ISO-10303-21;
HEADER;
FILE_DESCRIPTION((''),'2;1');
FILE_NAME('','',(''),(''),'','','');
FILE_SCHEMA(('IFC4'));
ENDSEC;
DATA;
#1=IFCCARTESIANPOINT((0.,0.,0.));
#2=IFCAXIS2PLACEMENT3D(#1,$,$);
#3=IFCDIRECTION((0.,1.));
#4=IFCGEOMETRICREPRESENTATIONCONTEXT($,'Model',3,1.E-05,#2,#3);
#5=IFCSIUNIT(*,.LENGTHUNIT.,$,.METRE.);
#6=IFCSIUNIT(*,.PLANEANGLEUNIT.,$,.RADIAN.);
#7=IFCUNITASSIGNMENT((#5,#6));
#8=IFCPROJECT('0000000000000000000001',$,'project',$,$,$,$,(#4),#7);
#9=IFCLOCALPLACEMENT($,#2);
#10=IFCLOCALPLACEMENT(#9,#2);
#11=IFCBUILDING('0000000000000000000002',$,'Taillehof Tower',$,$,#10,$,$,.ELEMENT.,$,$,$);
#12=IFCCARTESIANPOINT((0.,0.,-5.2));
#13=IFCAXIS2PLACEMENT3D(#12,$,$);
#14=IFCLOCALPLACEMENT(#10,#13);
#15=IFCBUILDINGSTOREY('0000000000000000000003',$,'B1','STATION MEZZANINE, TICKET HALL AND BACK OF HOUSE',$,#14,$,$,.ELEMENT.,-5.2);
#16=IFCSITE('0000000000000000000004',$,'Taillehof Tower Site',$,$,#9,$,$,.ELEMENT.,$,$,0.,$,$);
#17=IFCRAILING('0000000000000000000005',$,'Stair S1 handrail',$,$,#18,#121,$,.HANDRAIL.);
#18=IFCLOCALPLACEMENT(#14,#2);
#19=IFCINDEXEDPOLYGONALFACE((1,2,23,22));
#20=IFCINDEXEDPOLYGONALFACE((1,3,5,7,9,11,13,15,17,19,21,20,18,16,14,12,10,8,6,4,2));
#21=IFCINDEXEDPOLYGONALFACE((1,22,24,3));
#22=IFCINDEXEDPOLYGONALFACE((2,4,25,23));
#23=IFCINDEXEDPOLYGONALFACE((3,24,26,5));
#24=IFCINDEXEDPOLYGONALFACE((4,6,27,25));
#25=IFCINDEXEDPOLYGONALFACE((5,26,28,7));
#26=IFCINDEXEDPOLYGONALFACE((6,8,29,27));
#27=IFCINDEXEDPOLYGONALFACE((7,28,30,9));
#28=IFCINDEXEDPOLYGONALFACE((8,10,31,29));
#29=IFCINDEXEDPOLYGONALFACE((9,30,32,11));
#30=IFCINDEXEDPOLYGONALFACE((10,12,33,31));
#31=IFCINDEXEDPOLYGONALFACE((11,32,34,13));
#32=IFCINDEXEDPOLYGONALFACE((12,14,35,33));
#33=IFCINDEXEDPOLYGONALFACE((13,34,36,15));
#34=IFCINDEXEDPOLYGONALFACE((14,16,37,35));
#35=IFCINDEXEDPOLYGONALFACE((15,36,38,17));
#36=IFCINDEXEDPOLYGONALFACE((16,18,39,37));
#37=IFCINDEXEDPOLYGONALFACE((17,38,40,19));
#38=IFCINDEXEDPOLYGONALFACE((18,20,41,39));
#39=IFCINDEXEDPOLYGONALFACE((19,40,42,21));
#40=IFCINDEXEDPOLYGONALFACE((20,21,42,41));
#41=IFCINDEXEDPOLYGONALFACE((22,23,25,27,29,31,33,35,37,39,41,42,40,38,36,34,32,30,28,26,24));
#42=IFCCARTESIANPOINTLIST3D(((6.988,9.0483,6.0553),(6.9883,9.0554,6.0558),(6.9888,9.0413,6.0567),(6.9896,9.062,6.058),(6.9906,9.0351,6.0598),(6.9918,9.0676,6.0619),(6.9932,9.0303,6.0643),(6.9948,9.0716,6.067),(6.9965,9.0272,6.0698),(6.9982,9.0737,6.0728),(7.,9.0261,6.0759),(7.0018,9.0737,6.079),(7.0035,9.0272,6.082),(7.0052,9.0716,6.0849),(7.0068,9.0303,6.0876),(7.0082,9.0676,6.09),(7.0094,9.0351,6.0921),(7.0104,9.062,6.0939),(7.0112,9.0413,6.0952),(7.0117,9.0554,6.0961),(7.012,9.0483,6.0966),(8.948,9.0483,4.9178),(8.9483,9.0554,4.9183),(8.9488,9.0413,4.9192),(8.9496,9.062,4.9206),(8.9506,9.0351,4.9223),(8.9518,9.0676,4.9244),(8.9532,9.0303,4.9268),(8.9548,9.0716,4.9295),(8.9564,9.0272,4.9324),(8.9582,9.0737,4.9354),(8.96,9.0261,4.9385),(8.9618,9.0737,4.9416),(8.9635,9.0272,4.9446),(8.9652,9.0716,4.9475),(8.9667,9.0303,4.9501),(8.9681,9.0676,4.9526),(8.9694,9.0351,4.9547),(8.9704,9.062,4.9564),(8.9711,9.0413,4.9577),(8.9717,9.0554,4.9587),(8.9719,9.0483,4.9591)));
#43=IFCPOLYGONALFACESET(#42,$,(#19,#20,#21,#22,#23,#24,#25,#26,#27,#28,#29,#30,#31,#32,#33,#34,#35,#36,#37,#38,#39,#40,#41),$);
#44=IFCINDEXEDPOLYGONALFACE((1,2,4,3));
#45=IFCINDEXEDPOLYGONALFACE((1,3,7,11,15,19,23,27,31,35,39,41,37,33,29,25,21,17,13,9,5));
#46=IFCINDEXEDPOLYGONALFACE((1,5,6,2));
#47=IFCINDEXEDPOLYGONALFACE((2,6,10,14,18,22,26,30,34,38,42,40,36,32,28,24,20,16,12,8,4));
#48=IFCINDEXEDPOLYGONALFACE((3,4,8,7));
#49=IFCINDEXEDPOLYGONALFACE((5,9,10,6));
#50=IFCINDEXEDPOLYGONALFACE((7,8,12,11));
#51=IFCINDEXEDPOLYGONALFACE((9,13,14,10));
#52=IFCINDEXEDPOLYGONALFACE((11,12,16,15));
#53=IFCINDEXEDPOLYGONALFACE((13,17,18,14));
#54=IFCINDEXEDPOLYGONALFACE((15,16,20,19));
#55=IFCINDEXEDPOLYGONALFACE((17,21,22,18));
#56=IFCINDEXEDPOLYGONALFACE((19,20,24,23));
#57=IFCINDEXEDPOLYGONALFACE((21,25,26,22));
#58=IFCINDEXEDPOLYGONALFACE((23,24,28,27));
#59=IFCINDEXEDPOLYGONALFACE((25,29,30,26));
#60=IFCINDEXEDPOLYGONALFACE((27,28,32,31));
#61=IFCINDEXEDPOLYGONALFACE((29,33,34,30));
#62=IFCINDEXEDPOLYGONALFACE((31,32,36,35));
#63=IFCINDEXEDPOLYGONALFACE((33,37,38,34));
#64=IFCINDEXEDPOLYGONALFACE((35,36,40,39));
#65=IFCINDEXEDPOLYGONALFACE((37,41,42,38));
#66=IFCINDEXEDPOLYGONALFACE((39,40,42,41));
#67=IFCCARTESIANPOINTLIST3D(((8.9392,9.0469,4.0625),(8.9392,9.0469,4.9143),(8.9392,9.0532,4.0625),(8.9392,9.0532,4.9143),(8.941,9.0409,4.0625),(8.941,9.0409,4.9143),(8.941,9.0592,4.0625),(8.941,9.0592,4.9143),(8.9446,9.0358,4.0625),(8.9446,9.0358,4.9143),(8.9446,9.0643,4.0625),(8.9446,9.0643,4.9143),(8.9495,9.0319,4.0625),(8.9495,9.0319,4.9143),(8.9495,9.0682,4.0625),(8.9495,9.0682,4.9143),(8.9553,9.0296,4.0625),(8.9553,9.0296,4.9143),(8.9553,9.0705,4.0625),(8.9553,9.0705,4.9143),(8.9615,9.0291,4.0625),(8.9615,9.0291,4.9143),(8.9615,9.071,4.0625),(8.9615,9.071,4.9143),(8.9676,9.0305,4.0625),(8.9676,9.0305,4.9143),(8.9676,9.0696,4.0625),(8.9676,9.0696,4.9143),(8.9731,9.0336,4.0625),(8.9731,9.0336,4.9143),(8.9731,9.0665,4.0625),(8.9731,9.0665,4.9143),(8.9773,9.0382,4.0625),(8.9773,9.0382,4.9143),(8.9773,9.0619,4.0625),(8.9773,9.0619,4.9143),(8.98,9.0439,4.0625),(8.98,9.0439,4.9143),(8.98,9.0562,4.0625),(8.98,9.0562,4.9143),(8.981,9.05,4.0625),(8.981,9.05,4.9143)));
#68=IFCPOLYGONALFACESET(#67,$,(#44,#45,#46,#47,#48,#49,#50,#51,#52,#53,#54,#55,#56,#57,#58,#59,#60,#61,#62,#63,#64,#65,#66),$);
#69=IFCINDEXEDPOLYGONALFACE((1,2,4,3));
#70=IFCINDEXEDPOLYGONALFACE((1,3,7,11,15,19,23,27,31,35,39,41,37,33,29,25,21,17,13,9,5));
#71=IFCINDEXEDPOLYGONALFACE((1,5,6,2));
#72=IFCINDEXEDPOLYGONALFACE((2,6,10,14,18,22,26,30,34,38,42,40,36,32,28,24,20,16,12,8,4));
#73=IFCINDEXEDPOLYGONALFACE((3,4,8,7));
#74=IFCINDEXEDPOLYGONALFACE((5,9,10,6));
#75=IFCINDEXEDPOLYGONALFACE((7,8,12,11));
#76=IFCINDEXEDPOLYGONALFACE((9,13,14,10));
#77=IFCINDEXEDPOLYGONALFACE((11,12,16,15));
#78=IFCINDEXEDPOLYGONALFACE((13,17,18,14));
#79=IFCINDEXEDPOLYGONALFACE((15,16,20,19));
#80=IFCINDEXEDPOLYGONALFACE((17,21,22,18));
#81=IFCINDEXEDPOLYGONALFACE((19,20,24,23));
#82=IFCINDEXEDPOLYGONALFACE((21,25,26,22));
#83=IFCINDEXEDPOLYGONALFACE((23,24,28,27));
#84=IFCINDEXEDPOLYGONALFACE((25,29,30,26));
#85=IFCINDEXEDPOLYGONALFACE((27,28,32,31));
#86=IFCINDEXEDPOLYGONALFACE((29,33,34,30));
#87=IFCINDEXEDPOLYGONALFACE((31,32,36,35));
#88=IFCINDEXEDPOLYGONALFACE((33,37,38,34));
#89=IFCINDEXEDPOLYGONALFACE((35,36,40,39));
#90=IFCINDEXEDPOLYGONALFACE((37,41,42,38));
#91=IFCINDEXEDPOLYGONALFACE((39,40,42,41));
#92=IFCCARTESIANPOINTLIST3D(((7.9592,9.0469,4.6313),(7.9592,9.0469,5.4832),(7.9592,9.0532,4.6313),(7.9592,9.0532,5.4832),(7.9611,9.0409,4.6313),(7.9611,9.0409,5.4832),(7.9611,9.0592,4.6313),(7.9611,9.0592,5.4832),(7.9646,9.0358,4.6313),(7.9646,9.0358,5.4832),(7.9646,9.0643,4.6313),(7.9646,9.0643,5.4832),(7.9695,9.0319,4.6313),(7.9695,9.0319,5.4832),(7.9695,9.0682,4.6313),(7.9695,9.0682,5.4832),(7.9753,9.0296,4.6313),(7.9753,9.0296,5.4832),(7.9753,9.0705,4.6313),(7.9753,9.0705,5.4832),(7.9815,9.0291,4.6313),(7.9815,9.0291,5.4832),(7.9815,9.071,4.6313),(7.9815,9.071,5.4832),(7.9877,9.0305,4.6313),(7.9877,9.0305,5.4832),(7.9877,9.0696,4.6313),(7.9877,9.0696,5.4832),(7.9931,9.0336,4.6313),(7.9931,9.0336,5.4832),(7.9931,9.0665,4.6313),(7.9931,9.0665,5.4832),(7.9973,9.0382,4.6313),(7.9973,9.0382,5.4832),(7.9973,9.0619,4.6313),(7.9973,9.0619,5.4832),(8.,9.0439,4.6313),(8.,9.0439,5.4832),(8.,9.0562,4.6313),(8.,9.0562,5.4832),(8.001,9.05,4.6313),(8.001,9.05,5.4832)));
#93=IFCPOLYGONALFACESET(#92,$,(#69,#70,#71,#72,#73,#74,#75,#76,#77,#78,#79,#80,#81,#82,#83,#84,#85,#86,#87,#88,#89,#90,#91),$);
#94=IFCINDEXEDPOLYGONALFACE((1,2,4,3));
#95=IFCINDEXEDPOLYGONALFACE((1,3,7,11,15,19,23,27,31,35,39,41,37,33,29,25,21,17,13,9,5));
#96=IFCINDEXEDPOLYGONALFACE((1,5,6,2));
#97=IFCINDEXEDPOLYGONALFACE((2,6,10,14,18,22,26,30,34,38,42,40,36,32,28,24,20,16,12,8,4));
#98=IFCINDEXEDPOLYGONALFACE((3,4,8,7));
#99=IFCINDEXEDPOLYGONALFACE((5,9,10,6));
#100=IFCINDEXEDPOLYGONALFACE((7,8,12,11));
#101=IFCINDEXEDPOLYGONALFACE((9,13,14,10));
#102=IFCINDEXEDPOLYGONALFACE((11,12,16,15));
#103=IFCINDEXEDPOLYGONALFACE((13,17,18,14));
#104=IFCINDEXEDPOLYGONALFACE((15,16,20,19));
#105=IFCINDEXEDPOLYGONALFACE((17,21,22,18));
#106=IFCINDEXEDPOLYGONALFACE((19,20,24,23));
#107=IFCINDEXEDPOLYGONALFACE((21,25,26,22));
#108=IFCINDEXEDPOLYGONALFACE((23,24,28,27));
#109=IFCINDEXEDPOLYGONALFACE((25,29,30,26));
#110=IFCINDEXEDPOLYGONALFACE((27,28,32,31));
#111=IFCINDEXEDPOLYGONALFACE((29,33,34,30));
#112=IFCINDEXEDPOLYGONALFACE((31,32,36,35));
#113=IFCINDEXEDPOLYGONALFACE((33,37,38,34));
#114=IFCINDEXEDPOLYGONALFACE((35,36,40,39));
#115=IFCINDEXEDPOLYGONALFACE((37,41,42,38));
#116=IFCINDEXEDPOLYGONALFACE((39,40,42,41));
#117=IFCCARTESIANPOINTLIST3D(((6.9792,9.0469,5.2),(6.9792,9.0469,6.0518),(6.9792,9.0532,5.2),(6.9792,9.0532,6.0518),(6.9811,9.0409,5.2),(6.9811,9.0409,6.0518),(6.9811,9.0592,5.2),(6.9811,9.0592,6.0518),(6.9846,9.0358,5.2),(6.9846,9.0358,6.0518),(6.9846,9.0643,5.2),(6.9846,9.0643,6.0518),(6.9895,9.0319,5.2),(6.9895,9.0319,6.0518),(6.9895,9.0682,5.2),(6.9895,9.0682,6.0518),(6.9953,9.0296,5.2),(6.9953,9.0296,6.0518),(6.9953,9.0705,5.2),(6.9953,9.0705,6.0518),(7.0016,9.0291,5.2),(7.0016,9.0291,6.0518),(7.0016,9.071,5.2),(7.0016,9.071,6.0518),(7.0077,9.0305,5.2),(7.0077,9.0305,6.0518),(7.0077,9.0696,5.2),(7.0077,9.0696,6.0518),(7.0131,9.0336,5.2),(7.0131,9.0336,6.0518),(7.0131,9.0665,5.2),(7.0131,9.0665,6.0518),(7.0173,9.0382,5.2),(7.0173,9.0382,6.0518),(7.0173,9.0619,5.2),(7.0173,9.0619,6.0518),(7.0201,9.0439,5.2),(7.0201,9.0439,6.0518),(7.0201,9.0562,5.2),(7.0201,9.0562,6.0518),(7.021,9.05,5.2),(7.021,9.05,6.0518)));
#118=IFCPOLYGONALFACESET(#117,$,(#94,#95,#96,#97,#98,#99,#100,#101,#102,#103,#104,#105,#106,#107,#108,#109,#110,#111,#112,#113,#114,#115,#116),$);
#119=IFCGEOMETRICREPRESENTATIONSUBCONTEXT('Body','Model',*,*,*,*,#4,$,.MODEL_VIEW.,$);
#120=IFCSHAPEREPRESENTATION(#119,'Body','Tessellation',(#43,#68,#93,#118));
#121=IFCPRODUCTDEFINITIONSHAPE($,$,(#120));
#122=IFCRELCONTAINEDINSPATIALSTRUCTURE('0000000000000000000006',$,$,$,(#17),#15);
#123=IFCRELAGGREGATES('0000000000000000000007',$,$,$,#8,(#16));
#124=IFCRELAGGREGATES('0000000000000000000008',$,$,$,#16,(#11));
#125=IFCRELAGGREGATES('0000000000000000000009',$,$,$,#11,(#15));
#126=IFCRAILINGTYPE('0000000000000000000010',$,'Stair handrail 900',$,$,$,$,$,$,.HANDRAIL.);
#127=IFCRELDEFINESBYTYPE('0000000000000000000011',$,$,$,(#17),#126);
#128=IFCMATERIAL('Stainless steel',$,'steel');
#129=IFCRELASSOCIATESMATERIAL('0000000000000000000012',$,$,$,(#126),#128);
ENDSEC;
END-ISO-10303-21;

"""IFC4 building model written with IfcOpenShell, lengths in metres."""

from ifc_helpers import new_model, si_unit, direction, frame, origin, origin_2d, place, context, subcontext, project, spatial, circle, extrude, material, type_object, element, save


model = new_model("IFC4")

# Units and contexts
model_context = context("Model", 3, precision=1e-05, world=origin(), true_north=direction((0.0, 1.0)))
body_context = subcontext(model_context, "Body", "Model", "MODEL_VIEW")
ifc_project = project(units=[si_unit("LENGTHUNIT", "METRE"), si_unit("PLANEANGLEUNIT", "RADIAN")], contexts=[model_context])

# Site, building, storey
site_placement = place(None, origin())
site = spatial("IfcSite", under=ifc_project, at=site_placement, Name="Taillehof Tower Site", CompositionType="ELEMENT", RefElevation=0.0)
building_placement = place(site_placement, origin())
building = spatial("IfcBuilding", under=site, at=building_placement, Name="Taillehof Tower", CompositionType="ELEMENT")
storey_placement = place(building_placement, frame((0.0, 0.0, -5.2)))
storey = spatial("IfcBuildingStorey", under=building, at=storey_placement, Name="B1", Description="STATION MEZZANINE, TICKET HALL AND BACK OF HOUSE", CompositionType="ELEMENT", Elevation=-5.2)

# Railing
ifc_material_1 = material(Name="Stainless steel", Category="steel")
railing_type = type_object("IfcRailingType", Name="Stair handrail 900", PredefinedType="HANDRAIL", material=ifc_material_1)
railing_1_placement = place(storey_placement, frame((8.96, 9.05, 4.0625)))
element("IfcRailing", 1, at=railing_1_placement, inside=storey, type_object=railing_type, Name="Stair S1 handrail", PredefinedType="HANDRAIL", context=body_context, shape_type="SweptSolid", body=[
    extrude(circle(Radius=0.0239, at=origin_2d()), frame((0.0, 0.0, 0.876), z_axis=(-0.864902, 0.0, 0.501941), x_axis=(0.0, -1.0, 0.0)), (0.0, 0.0, 1.0), 2.2661),
    extrude(circle(Radius=0.021, at=origin_2d()), origin(), (0.0, 0.0, 1.0), 0.8518),
    extrude(circle(Radius=0.021, at=origin_2d()), frame((-0.98, 0.0, 0.5688)), (0.0, 0.0, 1.0), 0.8518),
    extrude(circle(Radius=0.021, at=origin_2d()), frame((-1.96, 0.0, 1.1375)), (0.0, 0.0, 1.0), 0.8518),
])

save(model, "model.ifc")
